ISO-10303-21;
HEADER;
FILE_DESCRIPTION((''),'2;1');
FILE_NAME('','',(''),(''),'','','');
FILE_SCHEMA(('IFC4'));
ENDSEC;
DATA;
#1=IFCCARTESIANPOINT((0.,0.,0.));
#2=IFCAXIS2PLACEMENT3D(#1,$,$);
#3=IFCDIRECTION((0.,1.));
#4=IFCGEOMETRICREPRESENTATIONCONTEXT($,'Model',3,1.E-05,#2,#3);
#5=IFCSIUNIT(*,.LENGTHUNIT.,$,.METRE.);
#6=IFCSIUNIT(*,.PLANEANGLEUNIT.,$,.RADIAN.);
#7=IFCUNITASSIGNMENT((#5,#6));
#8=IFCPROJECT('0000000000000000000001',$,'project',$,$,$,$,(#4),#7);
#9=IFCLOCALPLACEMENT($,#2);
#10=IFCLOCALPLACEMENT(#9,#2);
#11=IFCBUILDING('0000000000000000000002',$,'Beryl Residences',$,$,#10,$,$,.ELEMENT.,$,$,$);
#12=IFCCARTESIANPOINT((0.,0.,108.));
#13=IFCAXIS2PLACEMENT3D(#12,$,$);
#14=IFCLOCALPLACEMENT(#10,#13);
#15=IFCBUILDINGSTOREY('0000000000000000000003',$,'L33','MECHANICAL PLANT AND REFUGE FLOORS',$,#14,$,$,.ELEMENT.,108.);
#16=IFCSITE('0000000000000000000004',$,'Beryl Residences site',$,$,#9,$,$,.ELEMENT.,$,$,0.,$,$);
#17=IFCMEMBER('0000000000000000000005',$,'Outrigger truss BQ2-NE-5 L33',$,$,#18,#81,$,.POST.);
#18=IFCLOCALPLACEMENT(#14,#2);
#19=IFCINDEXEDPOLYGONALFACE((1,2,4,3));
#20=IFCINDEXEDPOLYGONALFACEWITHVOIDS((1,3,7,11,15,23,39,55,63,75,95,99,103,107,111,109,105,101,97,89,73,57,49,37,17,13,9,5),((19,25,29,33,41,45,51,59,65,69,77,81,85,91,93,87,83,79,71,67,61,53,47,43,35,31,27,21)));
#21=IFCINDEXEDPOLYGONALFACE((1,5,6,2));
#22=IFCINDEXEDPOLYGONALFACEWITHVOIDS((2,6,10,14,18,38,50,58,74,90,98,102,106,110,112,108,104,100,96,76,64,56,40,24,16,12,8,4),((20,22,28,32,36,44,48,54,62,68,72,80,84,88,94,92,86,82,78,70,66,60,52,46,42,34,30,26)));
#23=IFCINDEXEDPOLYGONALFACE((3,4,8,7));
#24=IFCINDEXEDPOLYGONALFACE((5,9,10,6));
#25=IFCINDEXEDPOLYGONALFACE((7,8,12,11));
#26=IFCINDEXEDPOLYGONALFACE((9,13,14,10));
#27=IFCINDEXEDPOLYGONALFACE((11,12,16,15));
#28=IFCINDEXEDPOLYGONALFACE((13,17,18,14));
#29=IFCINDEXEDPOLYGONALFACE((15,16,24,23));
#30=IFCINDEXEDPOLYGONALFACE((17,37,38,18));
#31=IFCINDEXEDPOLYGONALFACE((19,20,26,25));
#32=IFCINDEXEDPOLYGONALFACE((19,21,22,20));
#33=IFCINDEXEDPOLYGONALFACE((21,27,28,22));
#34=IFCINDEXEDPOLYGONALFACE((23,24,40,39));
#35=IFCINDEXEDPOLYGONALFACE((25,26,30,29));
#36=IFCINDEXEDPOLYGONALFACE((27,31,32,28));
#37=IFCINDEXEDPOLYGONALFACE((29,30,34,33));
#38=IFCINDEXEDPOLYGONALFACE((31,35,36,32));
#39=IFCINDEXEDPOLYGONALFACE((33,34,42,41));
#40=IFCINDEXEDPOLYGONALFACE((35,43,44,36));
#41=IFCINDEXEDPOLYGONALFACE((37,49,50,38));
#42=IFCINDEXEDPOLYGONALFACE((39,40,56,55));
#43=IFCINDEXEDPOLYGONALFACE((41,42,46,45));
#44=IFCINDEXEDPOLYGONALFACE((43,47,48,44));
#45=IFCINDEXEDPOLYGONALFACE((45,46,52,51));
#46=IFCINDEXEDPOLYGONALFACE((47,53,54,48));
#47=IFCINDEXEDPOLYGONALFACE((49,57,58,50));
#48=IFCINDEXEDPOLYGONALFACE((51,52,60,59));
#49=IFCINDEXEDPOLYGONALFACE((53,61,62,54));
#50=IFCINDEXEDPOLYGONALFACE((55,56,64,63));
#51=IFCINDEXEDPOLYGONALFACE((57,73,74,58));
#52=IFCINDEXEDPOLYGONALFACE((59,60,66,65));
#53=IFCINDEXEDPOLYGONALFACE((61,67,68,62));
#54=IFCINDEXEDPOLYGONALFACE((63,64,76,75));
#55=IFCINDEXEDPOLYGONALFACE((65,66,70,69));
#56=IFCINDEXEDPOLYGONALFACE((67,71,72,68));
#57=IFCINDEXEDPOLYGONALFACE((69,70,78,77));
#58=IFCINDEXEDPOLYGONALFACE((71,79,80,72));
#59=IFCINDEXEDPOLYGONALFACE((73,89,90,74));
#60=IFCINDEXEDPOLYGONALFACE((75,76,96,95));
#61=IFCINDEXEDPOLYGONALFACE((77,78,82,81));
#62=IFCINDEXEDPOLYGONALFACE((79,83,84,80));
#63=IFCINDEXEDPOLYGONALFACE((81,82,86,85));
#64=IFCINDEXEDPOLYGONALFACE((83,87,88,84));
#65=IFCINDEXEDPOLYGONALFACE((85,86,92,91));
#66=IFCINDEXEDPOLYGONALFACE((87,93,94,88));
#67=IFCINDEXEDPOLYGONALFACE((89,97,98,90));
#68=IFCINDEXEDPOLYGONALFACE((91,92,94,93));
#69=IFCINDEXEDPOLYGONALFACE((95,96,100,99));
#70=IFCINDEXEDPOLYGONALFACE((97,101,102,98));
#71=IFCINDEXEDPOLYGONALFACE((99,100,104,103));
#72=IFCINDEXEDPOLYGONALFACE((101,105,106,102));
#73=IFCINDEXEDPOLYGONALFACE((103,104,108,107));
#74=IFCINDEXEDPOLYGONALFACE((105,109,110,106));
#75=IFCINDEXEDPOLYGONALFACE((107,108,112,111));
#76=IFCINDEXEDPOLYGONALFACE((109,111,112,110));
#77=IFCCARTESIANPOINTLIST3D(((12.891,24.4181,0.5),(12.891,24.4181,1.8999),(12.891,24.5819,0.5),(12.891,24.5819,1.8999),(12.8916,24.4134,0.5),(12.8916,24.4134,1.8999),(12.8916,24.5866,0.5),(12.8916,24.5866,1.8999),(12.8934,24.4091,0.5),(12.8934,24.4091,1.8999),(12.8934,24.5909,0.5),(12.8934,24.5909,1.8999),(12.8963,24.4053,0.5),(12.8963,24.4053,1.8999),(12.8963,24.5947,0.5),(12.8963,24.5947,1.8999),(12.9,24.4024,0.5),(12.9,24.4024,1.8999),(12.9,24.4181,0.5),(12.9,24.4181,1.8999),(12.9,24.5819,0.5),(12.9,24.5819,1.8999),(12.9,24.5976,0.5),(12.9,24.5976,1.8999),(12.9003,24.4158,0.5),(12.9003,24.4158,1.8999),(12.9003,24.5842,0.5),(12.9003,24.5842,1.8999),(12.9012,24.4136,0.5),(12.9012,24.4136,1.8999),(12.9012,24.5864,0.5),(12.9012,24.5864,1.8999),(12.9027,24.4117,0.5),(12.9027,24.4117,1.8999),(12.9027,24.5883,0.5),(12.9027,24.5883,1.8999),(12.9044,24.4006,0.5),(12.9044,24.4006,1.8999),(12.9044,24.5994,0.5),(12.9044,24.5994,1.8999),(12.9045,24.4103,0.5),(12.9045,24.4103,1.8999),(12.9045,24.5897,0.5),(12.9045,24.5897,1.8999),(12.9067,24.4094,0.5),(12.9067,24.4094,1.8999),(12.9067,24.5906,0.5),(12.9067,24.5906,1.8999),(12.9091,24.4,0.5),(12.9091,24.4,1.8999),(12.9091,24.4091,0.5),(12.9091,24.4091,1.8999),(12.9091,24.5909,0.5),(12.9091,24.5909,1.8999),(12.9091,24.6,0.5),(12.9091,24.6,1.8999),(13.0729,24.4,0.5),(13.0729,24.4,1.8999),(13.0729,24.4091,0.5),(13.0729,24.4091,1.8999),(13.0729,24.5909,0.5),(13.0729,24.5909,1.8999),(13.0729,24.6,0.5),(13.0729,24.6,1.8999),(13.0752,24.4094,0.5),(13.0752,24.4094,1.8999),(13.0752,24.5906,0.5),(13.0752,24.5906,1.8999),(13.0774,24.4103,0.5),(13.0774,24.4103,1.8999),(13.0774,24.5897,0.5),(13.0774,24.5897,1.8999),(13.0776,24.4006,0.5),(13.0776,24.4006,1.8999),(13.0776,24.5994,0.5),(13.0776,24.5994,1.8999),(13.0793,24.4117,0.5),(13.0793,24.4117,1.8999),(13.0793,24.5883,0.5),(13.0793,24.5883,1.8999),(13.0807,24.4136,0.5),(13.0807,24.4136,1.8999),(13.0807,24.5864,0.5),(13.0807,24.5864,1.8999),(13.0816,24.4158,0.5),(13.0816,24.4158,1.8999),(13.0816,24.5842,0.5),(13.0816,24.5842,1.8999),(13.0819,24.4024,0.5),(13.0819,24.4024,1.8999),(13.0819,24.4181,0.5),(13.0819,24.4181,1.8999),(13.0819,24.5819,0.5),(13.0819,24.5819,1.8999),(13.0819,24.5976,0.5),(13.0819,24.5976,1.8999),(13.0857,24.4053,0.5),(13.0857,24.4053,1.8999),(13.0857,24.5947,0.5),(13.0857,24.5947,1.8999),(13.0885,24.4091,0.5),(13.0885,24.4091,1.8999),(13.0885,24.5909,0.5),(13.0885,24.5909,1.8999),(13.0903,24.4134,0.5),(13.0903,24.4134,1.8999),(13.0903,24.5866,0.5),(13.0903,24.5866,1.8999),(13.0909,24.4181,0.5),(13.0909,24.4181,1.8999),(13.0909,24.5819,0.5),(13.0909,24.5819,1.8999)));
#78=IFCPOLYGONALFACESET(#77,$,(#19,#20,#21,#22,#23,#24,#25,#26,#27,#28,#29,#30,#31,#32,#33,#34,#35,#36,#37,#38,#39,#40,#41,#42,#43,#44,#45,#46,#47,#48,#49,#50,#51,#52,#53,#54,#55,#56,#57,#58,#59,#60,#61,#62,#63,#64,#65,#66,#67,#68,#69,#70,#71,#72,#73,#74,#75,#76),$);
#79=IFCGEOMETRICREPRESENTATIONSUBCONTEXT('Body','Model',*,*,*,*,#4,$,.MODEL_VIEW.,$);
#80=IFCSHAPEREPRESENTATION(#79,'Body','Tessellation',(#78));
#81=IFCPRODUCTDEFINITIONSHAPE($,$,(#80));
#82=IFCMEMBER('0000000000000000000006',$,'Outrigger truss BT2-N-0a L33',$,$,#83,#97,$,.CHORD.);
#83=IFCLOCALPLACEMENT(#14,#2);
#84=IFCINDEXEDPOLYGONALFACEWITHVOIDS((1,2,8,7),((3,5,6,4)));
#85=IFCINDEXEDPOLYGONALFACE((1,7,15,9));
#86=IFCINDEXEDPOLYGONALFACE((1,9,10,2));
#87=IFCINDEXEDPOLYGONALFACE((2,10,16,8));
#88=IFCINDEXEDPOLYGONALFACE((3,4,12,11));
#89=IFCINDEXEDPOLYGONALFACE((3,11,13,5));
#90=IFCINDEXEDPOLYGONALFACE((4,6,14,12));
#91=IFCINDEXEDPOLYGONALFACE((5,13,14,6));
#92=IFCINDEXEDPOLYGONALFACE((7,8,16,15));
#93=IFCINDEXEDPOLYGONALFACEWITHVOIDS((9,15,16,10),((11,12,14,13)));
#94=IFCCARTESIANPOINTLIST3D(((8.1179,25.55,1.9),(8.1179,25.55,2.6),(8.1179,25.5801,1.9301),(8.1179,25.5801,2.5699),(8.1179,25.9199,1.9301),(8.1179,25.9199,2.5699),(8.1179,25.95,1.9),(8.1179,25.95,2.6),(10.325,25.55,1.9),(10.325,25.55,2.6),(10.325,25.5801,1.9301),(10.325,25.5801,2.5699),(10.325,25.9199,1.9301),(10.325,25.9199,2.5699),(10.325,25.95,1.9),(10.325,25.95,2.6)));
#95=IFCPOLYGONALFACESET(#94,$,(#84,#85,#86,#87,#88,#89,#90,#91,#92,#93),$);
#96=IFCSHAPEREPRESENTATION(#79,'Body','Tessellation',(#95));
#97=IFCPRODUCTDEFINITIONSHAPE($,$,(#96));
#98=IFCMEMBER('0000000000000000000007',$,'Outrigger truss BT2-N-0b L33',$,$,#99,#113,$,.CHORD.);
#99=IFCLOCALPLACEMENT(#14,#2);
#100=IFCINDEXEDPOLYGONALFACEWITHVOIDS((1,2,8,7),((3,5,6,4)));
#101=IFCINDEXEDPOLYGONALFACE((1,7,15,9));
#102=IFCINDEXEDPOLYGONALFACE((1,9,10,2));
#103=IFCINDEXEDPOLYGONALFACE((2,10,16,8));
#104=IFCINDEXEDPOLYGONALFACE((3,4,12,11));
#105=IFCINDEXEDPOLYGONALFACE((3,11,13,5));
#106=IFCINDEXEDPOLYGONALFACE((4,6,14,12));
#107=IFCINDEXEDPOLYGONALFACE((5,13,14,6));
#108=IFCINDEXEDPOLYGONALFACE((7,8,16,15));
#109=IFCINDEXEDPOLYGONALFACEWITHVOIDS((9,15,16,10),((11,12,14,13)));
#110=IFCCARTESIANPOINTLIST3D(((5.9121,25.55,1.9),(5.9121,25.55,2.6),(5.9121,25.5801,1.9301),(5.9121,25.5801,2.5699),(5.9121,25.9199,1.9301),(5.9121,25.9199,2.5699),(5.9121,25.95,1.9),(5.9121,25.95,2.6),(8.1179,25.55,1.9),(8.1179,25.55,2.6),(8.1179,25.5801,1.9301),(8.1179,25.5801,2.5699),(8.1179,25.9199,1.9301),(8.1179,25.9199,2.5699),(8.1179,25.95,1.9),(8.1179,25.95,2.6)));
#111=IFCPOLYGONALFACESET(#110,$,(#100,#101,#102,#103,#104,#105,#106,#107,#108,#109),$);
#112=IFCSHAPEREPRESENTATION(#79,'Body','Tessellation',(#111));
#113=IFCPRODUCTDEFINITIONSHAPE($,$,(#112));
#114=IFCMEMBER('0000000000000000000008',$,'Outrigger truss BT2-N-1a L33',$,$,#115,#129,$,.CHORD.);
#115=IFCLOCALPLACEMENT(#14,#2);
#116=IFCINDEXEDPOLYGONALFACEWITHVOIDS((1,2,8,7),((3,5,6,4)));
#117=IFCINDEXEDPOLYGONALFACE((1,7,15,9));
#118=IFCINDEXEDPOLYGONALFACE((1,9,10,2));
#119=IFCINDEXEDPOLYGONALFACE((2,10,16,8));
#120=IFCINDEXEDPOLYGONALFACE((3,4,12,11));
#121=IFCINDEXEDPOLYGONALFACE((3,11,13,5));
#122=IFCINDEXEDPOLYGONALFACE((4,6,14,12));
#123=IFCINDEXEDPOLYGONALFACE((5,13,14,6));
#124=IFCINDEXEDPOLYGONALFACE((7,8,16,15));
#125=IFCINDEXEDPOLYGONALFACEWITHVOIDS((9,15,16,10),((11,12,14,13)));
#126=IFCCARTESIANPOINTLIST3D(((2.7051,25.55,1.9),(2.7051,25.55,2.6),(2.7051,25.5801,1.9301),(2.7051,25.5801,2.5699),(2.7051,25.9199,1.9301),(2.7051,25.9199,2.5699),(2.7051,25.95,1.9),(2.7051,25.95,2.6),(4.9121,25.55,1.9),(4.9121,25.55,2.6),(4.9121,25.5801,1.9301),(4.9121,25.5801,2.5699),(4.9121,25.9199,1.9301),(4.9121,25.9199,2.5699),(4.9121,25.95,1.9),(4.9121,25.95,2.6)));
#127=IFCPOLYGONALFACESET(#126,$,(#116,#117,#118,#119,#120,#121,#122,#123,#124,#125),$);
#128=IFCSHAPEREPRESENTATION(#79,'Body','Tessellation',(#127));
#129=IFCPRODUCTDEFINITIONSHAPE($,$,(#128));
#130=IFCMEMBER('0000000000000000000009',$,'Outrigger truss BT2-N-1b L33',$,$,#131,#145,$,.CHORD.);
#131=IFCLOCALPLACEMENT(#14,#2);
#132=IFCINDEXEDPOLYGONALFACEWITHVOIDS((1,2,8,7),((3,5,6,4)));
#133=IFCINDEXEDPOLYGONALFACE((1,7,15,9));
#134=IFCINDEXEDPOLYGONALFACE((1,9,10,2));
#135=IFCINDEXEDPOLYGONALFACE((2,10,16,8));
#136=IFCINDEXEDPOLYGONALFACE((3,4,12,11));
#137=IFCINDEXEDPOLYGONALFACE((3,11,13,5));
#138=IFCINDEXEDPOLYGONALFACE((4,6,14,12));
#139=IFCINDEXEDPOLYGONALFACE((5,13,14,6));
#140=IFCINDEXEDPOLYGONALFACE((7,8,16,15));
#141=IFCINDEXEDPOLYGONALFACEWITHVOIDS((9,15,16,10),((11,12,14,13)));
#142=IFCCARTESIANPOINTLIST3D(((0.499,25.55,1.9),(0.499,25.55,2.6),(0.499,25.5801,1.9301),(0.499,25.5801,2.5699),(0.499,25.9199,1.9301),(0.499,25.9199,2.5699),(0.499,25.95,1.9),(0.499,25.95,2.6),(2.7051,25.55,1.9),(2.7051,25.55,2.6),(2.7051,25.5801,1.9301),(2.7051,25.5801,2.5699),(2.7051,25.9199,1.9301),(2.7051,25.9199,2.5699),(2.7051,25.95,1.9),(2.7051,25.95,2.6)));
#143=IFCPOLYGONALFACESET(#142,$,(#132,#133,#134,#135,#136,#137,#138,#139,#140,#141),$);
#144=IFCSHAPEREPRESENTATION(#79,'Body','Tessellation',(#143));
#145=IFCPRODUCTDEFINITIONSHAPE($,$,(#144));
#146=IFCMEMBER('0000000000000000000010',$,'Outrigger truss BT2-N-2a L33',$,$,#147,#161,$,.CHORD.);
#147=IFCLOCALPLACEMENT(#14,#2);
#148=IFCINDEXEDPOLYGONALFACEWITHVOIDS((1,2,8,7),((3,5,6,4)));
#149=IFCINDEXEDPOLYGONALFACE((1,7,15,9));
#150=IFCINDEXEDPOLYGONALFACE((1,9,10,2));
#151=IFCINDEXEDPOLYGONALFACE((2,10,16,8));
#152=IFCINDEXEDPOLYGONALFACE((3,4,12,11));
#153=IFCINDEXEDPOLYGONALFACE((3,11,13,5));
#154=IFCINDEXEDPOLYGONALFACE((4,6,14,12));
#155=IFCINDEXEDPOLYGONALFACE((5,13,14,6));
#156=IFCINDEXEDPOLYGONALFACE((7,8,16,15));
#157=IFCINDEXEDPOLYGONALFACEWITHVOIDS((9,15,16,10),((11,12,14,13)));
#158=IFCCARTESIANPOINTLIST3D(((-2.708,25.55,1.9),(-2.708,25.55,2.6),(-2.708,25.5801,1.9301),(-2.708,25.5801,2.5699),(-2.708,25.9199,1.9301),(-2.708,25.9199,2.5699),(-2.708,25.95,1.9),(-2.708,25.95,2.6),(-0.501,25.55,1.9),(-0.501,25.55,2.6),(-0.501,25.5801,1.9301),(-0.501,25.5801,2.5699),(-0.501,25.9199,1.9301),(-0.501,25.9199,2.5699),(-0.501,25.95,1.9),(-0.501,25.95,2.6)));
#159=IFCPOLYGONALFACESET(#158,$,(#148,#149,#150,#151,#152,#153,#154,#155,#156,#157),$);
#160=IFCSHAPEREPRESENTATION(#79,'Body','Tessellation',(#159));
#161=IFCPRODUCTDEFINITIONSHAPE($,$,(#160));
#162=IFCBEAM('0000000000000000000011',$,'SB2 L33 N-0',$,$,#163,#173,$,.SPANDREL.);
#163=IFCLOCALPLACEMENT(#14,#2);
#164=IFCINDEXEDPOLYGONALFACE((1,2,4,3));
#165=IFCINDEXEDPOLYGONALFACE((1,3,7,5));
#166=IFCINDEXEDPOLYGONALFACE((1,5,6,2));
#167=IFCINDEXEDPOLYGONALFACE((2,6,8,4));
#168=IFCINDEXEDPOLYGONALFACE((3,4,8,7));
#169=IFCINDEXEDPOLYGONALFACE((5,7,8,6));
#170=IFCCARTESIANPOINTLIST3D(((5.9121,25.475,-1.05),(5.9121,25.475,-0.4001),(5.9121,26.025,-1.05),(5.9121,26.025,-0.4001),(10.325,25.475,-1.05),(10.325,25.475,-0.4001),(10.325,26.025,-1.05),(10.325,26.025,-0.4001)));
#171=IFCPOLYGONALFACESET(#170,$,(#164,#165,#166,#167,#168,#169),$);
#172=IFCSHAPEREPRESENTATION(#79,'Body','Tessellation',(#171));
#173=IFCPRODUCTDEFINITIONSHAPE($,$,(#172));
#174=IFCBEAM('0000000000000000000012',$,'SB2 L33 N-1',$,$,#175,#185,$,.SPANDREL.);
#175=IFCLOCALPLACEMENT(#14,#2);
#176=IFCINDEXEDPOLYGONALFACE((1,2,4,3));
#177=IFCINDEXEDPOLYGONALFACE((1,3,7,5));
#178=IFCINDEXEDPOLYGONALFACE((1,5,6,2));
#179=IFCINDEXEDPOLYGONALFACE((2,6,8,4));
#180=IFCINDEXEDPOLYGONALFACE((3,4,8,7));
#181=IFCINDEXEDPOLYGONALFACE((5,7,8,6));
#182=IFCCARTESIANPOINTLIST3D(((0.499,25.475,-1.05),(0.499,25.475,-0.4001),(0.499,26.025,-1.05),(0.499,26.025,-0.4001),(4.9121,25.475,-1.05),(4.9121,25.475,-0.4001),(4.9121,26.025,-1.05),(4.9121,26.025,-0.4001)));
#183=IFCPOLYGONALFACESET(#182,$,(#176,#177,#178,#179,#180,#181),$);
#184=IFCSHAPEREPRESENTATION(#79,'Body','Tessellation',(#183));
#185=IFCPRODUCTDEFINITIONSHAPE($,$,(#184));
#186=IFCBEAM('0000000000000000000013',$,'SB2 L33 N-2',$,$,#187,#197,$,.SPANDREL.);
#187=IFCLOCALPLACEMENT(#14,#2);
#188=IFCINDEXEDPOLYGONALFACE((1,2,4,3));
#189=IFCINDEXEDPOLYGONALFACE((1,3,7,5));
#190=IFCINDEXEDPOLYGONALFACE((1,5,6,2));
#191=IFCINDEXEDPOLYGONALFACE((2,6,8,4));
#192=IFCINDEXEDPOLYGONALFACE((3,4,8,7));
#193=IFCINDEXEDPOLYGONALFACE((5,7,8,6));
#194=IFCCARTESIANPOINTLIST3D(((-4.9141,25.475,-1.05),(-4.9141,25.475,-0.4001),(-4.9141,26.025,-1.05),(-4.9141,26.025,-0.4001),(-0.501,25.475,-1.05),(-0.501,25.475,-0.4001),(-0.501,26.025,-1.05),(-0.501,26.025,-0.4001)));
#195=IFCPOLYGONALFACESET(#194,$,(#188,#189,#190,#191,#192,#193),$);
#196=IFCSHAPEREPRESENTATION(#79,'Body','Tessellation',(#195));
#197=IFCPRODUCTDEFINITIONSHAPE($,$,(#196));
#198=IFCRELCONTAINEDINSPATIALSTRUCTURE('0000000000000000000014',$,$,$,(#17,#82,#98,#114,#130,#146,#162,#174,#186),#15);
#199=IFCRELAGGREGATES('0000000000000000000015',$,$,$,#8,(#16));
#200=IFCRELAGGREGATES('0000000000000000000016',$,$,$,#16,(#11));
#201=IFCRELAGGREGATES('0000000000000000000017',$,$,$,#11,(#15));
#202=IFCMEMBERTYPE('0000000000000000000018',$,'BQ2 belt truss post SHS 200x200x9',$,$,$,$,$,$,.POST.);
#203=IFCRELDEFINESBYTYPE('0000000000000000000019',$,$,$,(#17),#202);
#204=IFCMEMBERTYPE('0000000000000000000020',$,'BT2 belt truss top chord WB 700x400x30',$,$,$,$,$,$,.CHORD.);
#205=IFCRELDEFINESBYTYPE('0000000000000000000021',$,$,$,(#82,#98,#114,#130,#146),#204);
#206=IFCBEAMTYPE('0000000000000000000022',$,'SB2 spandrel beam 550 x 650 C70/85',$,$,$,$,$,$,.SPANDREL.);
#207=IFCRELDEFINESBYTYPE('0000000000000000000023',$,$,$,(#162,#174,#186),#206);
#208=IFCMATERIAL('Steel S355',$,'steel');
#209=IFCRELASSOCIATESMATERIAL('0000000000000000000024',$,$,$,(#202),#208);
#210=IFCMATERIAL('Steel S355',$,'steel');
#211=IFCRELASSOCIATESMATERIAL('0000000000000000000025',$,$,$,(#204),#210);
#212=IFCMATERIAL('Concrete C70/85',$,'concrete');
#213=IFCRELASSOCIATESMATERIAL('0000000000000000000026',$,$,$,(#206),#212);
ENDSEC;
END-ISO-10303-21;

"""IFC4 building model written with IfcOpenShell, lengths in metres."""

from ifc_helpers import new_model, si_unit, direction, frame, origin, origin_2d, place, context, subcontext, project, spatial, rectangle, hollow_rectangle, extrude, material, material_profile, profile_set, type_object, element, save


model = new_model("IFC4")

# Units and contexts
model_context = context("Model", 3, precision=1e-05, world=origin(), true_north=direction((0.0, 1.0)))
body_context = subcontext(model_context, "Body", "Model", "MODEL_VIEW")
ifc_project = project(units=[si_unit("LENGTHUNIT", "METRE"), si_unit("PLANEANGLEUNIT", "RADIAN")], contexts=[model_context])

# Site, building, storey
site_placement = place(None, origin())
site = spatial("IfcSite", under=ifc_project, at=site_placement, Name="Beryl Residences site", CompositionType="ELEMENT", RefElevation=0.0)
building_placement = place(site_placement, origin())
building = spatial("IfcBuilding", under=site, at=building_placement, Name="Beryl Residences", CompositionType="ELEMENT")
storey_placement = place(building_placement, frame((0.0, 0.0, 108.0)))
storey = spatial("IfcBuildingStorey", under=building, at=storey_placement, Name="L33", Description="MECHANICAL PLANT AND REFUGE FLOORS", CompositionType="ELEMENT", Elevation=108.0)

# Members
ifc_material_1 = material(Name="Steel S355", Category="steel")
ifc_material_profile_1 = material_profile(ifc_material_1, hollow_rectangle(XDim=0.2, YDim=0.2, WallThickness=0.009, InnerFilletRadius=0.009, OuterFilletRadius=0.0181, at=origin_2d()))
ifc_profile_set_1 = profile_set([ifc_material_profile_1], Name="Steel S355")
member_type_1 = type_object("IfcMemberType", Name="BQ2 belt truss post SHS 200x200x9", PredefinedType="POST", material=ifc_profile_set_1)
for number, where, z_axis, x_axis, name in (
    (1, (12.991, 24.5, 0.5), (0.0, 0.0, 1.0), (1.0, 0.0, 0.0), "Outrigger truss BQ2-NE-5 L33"),
):
    element("IfcMember", number, at=place(storey_placement, frame(where, z_axis=z_axis, x_axis=x_axis)), inside=storey, type_object=member_type_1, Name=name, PredefinedType="POST", context=body_context, shape_type="SweptSolid", body=[
        extrude(hollow_rectangle(XDim=0.2, YDim=0.2, WallThickness=0.009, InnerFilletRadius=0.009, OuterFilletRadius=0.0181, at=origin_2d()), origin(), (0.0, 0.0, 1.0), 1.3999),
    ])
ifc_material_2 = material(Name="Steel S355", Category="steel")
ifc_material_profile_2 = material_profile(ifc_material_2, hollow_rectangle(XDim=0.3999, YDim=0.7, WallThickness=0.03, at=origin_2d()))
ifc_profile_set_2 = profile_set([ifc_material_profile_2], Name="Steel S355")
member_type_2 = type_object("IfcMemberType", Name="BT2 belt truss top chord WB 700x400x30", PredefinedType="CHORD", material=ifc_profile_set_2)
member_1_placement = place(storey_placement, frame((10.325, 25.75, 2.25), z_axis=(-1.0, 0.0, 0.0), x_axis=(0.0, -1.0, 0.0)))
element("IfcMember", 2, at=member_1_placement, inside=storey, type_object=member_type_2, Name="Outrigger truss BT2-N-0a L33", PredefinedType="CHORD", context=body_context, shape_type="SweptSolid", body=[
    extrude(hollow_rectangle(XDim=0.3999, YDim=0.7, WallThickness=0.03, at=origin_2d()), origin(), (0.0, 0.0, 1.0), 2.207),
])
member_2_placement = place(storey_placement, frame((8.1179, 25.75, 2.25), z_axis=(-1.0, 0.0, 0.0), x_axis=(0.0, -1.0, 0.0)))
element("IfcMember", 3, at=member_2_placement, inside=storey, type_object=member_type_2, Name="Outrigger truss BT2-N-0b L33", PredefinedType="CHORD", context=body_context, shape_type="SweptSolid", body=[
    extrude(hollow_rectangle(XDim=0.3999, YDim=0.7, WallThickness=0.03, at=origin_2d()), origin(), (0.0, 0.0, 1.0), 2.2058),
])
member_3_placement = place(storey_placement, frame((4.9121, 25.75, 2.25), z_axis=(-1.0, 0.0, 0.0), x_axis=(0.0, -1.0, 0.0)))
element("IfcMember", 4, at=member_3_placement, inside=storey, type_object=member_type_2, Name="Outrigger truss BT2-N-1a L33", PredefinedType="CHORD", context=body_context, shape_type="SweptSolid", body=[
    extrude(hollow_rectangle(XDim=0.3999, YDim=0.7, WallThickness=0.03, at=origin_2d()), origin(), (0.0, 0.0, 1.0), 2.207),
])
member_4_placement = place(storey_placement, frame((2.7051, 25.75, 2.25), z_axis=(-1.0, 0.0, 0.0), x_axis=(0.0, -1.0, 0.0)))
element("IfcMember", 5, at=member_4_placement, inside=storey, type_object=member_type_2, Name="Outrigger truss BT2-N-1b L33", PredefinedType="CHORD", context=body_context, shape_type="SweptSolid", body=[
    extrude(hollow_rectangle(XDim=0.3999, YDim=0.7, WallThickness=0.03, at=origin_2d()), origin(), (0.0, 0.0, 1.0), 2.2061),
])
member_5_placement = place(storey_placement, frame((-0.501, 25.75, 2.25), z_axis=(-1.0, 0.0, 0.0), x_axis=(0.0, -1.0, 0.0)))
element("IfcMember", 6, at=member_5_placement, inside=storey, type_object=member_type_2, Name="Outrigger truss BT2-N-2a L33", PredefinedType="CHORD", context=body_context, shape_type="SweptSolid", body=[
    extrude(hollow_rectangle(XDim=0.3999, YDim=0.7, WallThickness=0.03, at=origin_2d()), origin(), (0.0, 0.0, 1.0), 2.207),
])

# Beams
ifc_material_3 = material(Name="Concrete C70/85", Category="concrete")
ifc_material_profile_3 = material_profile(ifc_material_3, rectangle(XDim=0.55, YDim=0.6499, at=origin_2d()))
ifc_profile_set_3 = profile_set([ifc_material_profile_3], Name="Concrete C70/85")
beam_type = type_object("IfcBeamType", Name="SB2 spandrel beam 550 x 650 C70/85", PredefinedType="SPANDREL", material=ifc_profile_set_3)
beam_placement = place(storey_placement, frame((10.325, 25.75, -0.7251), z_axis=(-1.0, 0.0, 0.0), x_axis=(0.0, -1.0, 0.0)))
element("IfcBeam", 7, at=beam_placement, inside=storey, type_object=beam_type, Name="SB2 L33 N-0", PredefinedType="SPANDREL", context=body_context, shape_type="SweptSolid", body=[
    extrude(rectangle(XDim=0.55, YDim=0.6499, at=origin_2d()), origin(), (0.0, 0.0, 1.0), 4.4128),
])
for number, where, z_axis, x_axis, name in (
    (8, (4.9121, 25.75, -0.7251), (-1.0, 0.0, 0.0), (0.0, -1.0, 0.0), "SB2 L33 N-1"),
    (9, (-0.501, 25.75, -0.7251), (-1.0, 0.0, 0.0), (0.0, -1.0, 0.0), "SB2 L33 N-2"),
):
    element("IfcBeam", number, at=place(storey_placement, frame(where, z_axis=z_axis, x_axis=x_axis)), inside=storey, type_object=beam_type, Name=name, PredefinedType="SPANDREL", context=body_context, shape_type="SweptSolid", body=[
        extrude(rectangle(XDim=0.55, YDim=0.6499, at=origin_2d()), origin(), (0.0, 0.0, 1.0), 4.4131),
    ])

save(model, "model.ifc")
